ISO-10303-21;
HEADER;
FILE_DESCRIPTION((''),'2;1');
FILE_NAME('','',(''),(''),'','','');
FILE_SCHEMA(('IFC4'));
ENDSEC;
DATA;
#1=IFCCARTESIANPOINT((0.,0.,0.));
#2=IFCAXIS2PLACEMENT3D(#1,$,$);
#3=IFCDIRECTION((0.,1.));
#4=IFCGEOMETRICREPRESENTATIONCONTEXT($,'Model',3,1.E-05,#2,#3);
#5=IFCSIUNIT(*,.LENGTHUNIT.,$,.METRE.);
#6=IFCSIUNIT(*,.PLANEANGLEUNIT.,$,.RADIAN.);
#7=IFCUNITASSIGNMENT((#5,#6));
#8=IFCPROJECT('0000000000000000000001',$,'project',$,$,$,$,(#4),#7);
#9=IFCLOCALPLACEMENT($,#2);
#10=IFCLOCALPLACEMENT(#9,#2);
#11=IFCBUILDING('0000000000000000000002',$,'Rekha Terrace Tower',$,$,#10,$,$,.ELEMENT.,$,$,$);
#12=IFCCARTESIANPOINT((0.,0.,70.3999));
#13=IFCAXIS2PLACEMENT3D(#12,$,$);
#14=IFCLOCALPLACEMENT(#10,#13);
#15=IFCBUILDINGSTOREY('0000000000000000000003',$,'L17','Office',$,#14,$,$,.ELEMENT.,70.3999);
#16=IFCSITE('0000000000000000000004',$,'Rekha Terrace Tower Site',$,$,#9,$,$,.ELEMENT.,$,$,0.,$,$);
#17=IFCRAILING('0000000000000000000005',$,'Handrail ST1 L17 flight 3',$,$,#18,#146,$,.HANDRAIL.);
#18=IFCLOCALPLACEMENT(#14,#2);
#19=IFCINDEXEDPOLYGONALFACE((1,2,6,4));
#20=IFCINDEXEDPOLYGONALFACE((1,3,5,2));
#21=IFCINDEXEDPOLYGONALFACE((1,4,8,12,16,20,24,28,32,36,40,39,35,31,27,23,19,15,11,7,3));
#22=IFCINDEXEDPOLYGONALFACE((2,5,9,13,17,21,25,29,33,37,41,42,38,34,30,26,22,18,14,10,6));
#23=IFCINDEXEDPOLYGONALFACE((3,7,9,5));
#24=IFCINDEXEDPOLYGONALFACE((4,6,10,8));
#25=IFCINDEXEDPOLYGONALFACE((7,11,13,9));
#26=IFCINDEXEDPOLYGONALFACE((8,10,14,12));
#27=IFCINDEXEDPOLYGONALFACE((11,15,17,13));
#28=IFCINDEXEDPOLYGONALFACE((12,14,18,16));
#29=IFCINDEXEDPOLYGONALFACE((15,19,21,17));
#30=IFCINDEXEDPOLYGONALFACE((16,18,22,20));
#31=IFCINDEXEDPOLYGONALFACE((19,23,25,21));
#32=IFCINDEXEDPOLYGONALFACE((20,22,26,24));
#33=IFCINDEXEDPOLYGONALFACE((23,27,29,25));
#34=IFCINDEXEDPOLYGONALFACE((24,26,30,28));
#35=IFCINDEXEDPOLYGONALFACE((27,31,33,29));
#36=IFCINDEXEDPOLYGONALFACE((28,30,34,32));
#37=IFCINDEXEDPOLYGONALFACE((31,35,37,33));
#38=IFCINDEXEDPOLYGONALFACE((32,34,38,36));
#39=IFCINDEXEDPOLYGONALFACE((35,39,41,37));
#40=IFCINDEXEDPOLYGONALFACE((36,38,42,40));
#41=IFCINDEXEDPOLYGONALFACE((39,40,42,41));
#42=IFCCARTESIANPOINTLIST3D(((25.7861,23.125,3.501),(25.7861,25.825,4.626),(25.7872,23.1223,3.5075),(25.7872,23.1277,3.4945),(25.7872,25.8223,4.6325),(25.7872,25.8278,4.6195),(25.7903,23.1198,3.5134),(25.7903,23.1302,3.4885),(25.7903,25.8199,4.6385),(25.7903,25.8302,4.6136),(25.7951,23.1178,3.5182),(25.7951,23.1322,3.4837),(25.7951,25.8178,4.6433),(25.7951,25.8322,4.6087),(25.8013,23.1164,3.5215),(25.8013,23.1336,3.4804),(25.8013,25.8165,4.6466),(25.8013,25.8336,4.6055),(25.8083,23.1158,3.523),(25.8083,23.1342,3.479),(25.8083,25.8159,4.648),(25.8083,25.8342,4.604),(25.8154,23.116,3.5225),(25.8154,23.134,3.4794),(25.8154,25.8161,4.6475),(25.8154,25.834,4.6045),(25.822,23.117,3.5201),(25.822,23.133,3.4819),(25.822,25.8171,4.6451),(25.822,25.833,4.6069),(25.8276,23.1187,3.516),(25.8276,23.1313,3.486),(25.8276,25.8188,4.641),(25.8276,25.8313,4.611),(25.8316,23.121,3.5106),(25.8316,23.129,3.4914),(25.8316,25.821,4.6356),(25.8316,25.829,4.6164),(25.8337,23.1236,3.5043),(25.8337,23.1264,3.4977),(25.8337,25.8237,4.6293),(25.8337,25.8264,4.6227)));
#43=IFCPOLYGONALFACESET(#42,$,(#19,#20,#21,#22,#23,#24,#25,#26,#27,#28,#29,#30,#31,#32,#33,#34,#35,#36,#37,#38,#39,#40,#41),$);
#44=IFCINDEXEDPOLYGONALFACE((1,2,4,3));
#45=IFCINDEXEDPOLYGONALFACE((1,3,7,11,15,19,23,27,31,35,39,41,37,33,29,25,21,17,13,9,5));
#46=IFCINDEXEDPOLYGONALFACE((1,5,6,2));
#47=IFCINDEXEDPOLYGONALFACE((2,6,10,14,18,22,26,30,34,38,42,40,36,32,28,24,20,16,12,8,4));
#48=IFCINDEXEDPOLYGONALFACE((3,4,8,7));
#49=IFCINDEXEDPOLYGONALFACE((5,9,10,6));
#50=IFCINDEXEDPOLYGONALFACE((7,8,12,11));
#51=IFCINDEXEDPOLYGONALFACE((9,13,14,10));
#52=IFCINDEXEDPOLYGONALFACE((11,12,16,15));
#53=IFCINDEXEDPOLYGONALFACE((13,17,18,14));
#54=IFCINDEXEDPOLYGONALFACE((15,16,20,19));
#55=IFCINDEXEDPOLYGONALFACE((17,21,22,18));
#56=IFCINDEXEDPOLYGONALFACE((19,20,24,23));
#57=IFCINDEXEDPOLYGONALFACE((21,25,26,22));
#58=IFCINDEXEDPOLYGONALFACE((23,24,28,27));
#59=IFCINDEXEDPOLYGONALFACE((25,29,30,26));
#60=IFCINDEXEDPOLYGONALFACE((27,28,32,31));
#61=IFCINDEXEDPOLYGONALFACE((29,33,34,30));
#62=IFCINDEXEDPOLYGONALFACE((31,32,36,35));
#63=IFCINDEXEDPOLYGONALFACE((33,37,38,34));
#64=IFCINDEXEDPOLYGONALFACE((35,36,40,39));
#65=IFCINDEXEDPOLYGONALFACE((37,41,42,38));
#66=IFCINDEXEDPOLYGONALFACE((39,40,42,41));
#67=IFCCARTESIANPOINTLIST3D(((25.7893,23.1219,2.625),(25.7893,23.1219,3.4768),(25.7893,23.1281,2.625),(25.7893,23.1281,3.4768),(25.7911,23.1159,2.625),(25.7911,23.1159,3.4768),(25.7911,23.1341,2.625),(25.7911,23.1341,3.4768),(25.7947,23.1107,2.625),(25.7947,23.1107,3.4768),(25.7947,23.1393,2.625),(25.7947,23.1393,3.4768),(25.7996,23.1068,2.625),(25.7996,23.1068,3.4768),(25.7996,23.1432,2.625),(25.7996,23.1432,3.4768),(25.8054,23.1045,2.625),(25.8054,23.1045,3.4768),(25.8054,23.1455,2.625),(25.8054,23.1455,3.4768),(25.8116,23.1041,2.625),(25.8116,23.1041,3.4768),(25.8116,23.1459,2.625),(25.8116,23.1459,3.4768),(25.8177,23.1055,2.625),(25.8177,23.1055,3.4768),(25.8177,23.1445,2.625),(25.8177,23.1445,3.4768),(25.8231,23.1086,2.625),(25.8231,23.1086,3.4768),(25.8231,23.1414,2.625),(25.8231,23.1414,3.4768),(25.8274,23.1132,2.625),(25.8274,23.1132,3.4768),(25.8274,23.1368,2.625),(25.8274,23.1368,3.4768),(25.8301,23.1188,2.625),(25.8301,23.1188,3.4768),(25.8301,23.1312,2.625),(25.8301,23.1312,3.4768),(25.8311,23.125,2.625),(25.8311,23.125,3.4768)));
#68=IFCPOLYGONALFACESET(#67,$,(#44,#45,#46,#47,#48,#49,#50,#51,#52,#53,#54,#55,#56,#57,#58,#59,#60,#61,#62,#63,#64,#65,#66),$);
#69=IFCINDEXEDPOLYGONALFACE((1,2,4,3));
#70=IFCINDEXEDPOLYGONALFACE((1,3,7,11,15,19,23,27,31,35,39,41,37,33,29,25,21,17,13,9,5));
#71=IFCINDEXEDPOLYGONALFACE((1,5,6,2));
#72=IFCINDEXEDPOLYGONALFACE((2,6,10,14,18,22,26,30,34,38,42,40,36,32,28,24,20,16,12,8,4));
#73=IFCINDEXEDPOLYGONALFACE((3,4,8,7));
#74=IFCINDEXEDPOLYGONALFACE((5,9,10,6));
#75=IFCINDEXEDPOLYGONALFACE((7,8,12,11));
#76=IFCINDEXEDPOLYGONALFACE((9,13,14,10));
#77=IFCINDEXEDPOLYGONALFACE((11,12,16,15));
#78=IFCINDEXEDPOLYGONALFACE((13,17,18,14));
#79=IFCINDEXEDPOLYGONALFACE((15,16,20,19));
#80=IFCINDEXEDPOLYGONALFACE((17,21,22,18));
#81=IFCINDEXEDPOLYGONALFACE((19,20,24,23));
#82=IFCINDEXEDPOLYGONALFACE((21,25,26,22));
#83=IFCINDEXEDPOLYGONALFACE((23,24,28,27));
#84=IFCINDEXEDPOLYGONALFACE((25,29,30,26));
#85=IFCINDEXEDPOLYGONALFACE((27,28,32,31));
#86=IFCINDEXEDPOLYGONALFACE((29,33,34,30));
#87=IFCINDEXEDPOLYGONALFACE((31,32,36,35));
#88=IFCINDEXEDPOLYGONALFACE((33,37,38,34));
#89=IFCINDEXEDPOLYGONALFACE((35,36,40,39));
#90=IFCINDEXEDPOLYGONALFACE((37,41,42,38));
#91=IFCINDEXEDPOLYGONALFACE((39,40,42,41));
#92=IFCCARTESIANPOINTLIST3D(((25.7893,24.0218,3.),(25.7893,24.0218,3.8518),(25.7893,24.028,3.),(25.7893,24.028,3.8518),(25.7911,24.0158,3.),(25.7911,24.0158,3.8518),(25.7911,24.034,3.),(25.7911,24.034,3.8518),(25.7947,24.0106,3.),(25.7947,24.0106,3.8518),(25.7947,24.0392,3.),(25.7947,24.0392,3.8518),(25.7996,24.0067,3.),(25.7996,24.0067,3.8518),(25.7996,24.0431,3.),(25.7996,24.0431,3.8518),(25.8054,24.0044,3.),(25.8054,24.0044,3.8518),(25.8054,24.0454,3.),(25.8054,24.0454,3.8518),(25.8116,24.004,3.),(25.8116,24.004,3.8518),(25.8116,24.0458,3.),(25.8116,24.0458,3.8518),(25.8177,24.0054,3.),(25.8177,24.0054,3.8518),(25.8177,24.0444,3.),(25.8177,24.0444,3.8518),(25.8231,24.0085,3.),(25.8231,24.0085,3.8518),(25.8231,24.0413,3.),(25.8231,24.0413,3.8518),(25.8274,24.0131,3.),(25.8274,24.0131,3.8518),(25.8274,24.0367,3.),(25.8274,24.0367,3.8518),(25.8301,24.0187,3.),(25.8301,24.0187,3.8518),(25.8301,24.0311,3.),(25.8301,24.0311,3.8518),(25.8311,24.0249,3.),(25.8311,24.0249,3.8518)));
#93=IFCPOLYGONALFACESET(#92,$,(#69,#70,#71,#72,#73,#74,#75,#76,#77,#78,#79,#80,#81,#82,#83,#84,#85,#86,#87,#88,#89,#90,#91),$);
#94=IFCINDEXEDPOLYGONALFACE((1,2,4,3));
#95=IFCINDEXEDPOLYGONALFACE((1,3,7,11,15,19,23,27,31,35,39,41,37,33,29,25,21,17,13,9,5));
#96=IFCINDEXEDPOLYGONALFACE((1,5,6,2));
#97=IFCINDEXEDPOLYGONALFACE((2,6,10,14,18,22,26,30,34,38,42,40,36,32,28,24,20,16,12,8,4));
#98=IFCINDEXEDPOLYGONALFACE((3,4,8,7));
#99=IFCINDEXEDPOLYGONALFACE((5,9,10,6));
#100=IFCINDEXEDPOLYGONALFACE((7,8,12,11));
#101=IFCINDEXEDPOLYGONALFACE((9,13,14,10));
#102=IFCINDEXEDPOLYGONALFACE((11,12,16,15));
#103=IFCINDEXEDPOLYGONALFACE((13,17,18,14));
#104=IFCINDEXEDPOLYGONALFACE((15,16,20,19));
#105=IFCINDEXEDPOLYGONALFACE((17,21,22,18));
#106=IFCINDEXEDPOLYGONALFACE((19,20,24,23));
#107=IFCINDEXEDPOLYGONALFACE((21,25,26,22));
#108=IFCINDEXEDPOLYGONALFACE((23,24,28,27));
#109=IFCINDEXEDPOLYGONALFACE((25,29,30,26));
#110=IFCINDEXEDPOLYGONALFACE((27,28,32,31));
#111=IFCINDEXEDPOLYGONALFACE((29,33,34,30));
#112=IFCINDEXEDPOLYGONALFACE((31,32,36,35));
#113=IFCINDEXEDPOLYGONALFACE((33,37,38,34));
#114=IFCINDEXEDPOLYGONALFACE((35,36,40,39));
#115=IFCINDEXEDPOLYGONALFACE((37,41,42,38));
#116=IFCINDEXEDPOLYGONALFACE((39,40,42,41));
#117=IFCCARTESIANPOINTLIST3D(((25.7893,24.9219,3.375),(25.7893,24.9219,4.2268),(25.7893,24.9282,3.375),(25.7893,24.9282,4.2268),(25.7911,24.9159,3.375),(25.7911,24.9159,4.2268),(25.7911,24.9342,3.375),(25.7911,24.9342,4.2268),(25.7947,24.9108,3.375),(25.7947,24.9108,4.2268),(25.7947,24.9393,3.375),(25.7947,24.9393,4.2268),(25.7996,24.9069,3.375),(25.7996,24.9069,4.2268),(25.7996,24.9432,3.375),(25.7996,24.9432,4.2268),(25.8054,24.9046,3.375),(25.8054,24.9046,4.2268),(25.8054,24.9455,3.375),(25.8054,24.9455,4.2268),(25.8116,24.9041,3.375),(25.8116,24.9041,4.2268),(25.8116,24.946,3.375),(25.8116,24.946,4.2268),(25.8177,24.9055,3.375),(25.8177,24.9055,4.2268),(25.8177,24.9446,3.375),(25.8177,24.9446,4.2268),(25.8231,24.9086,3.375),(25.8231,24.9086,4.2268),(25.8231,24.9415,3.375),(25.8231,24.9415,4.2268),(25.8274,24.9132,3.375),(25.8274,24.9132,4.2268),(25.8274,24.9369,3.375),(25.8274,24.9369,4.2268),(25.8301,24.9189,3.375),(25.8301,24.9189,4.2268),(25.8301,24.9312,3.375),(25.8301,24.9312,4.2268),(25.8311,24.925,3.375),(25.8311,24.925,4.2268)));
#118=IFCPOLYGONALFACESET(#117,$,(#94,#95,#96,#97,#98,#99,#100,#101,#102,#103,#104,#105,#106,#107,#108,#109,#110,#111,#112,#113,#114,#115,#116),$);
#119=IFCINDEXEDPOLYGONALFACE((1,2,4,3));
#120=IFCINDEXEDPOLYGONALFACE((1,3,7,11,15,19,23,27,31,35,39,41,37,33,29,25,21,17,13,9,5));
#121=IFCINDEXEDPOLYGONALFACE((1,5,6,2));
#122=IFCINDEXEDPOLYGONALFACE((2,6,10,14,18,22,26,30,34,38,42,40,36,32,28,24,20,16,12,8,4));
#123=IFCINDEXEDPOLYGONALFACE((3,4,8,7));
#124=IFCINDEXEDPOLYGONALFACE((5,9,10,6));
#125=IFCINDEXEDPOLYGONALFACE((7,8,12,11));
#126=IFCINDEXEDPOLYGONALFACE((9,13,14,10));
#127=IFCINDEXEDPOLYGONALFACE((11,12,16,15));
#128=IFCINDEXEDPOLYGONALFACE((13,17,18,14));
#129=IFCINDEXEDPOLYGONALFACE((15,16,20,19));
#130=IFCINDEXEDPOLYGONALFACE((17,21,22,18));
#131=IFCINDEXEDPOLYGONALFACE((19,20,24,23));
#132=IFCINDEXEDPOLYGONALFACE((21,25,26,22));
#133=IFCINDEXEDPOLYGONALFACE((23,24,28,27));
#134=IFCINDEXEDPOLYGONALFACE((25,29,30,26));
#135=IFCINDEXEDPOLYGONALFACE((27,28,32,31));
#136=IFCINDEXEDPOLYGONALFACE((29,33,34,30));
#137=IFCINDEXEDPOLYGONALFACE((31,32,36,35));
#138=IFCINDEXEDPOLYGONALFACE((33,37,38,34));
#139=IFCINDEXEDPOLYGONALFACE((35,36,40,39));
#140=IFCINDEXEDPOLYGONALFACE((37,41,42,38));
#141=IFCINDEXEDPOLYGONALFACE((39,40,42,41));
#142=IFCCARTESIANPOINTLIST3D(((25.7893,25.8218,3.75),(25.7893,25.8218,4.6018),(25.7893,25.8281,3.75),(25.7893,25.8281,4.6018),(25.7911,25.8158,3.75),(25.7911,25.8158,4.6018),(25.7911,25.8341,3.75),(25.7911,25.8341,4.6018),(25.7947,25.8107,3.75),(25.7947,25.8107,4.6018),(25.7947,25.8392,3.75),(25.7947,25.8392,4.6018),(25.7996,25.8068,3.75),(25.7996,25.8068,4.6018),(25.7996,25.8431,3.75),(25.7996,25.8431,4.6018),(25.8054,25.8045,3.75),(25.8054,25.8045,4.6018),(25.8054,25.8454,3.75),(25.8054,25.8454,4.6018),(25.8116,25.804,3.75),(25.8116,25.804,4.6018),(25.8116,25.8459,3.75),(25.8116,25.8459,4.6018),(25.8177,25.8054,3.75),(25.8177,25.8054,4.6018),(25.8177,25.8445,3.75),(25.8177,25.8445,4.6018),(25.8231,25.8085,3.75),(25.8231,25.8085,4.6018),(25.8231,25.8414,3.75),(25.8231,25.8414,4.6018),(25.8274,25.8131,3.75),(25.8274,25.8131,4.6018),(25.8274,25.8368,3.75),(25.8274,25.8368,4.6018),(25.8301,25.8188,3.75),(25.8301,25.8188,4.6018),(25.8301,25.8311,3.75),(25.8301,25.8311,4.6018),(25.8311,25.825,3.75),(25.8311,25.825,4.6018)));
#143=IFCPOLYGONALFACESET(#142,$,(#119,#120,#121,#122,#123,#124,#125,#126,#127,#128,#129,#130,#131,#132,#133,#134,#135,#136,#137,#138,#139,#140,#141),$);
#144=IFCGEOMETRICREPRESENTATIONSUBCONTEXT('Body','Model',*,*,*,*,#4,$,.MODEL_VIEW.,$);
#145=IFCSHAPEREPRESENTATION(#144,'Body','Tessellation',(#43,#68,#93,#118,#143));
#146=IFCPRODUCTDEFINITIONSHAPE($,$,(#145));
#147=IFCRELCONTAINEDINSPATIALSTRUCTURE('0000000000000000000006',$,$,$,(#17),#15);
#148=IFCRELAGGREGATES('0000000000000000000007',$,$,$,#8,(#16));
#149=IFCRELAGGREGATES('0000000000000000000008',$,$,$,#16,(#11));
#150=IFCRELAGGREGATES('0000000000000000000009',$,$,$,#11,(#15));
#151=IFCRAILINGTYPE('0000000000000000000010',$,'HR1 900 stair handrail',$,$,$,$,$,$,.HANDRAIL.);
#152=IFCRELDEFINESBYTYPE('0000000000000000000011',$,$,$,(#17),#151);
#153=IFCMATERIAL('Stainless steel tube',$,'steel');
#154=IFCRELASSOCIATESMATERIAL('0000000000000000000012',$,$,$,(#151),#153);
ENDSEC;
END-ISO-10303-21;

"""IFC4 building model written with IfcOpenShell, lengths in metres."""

from ifc_helpers import new_model, si_unit, direction, frame, origin, origin_2d, place, context, subcontext, project, spatial, circle, extrude, material, type_object, element, save


model = new_model("IFC4")

# Units and contexts
model_context = context("Model", 3, precision=1e-05, world=origin(), true_north=direction((0.0, 1.0)))
body_context = subcontext(model_context, "Body", "Model", "MODEL_VIEW")
ifc_project = project(units=[si_unit("LENGTHUNIT", "METRE"), si_unit("PLANEANGLEUNIT", "RADIAN")], contexts=[model_context])

# Site, building, storey
site_placement = place(None, origin())
site = spatial("IfcSite", under=ifc_project, at=site_placement, Name="Rekha Terrace Tower Site", CompositionType="ELEMENT", RefElevation=0.0)
building_placement = place(site_placement, origin())
building = spatial("IfcBuilding", under=site, at=building_placement, Name="Rekha Terrace Tower", CompositionType="ELEMENT")
storey_placement = place(building_placement, frame((0.0, 0.0, 70.3999)))
storey = spatial("IfcBuildingStorey", under=building, at=storey_placement, Name="L17", Description="Office", CompositionType="ELEMENT", Elevation=70.3999)

# Railing
ifc_material_1 = material(Name="Stainless steel tube", Category="steel")
railing_type_1 = type_object("IfcRailingType", Name="HR1 900 stair handrail", PredefinedType="HANDRAIL", material=ifc_material_1)
railing_1_placement = place(storey_placement, frame((25.8101, 23.125, 2.625)))
element("IfcRailing", 1, at=railing_1_placement, inside=storey, type_object=railing_type_1, Name="Handrail ST1 L17 flight 3", PredefinedType="HANDRAIL", context=body_context, shape_type="SweptSolid", body=[
    extrude(circle(Radius=0.0239, at=origin_2d()), frame((0.0, 0.0, 0.876), z_axis=(0.0, 0.923074, 0.384621), x_axis=(-1.0, 0.0, 0.0)), (0.0, 0.0, 1.0), 2.925),
    extrude(circle(Radius=0.021, at=origin_2d()), origin(), (0.0, 0.0, 1.0), 0.8518),
    extrude(circle(Radius=0.021, at=origin_2d()), frame((0.0, 0.8999, 0.375)), (0.0, 0.0, 1.0), 0.8518),
    extrude(circle(Radius=0.021, at=origin_2d()), frame((0.0, 1.8, 0.75)), (0.0, 0.0, 1.0), 0.8518),
    extrude(circle(Radius=0.021, at=origin_2d()), frame((0.0, 2.7, 1.125)), (0.0, 0.0, 1.0), 0.8518),
])

save(model, "model.ifc")
